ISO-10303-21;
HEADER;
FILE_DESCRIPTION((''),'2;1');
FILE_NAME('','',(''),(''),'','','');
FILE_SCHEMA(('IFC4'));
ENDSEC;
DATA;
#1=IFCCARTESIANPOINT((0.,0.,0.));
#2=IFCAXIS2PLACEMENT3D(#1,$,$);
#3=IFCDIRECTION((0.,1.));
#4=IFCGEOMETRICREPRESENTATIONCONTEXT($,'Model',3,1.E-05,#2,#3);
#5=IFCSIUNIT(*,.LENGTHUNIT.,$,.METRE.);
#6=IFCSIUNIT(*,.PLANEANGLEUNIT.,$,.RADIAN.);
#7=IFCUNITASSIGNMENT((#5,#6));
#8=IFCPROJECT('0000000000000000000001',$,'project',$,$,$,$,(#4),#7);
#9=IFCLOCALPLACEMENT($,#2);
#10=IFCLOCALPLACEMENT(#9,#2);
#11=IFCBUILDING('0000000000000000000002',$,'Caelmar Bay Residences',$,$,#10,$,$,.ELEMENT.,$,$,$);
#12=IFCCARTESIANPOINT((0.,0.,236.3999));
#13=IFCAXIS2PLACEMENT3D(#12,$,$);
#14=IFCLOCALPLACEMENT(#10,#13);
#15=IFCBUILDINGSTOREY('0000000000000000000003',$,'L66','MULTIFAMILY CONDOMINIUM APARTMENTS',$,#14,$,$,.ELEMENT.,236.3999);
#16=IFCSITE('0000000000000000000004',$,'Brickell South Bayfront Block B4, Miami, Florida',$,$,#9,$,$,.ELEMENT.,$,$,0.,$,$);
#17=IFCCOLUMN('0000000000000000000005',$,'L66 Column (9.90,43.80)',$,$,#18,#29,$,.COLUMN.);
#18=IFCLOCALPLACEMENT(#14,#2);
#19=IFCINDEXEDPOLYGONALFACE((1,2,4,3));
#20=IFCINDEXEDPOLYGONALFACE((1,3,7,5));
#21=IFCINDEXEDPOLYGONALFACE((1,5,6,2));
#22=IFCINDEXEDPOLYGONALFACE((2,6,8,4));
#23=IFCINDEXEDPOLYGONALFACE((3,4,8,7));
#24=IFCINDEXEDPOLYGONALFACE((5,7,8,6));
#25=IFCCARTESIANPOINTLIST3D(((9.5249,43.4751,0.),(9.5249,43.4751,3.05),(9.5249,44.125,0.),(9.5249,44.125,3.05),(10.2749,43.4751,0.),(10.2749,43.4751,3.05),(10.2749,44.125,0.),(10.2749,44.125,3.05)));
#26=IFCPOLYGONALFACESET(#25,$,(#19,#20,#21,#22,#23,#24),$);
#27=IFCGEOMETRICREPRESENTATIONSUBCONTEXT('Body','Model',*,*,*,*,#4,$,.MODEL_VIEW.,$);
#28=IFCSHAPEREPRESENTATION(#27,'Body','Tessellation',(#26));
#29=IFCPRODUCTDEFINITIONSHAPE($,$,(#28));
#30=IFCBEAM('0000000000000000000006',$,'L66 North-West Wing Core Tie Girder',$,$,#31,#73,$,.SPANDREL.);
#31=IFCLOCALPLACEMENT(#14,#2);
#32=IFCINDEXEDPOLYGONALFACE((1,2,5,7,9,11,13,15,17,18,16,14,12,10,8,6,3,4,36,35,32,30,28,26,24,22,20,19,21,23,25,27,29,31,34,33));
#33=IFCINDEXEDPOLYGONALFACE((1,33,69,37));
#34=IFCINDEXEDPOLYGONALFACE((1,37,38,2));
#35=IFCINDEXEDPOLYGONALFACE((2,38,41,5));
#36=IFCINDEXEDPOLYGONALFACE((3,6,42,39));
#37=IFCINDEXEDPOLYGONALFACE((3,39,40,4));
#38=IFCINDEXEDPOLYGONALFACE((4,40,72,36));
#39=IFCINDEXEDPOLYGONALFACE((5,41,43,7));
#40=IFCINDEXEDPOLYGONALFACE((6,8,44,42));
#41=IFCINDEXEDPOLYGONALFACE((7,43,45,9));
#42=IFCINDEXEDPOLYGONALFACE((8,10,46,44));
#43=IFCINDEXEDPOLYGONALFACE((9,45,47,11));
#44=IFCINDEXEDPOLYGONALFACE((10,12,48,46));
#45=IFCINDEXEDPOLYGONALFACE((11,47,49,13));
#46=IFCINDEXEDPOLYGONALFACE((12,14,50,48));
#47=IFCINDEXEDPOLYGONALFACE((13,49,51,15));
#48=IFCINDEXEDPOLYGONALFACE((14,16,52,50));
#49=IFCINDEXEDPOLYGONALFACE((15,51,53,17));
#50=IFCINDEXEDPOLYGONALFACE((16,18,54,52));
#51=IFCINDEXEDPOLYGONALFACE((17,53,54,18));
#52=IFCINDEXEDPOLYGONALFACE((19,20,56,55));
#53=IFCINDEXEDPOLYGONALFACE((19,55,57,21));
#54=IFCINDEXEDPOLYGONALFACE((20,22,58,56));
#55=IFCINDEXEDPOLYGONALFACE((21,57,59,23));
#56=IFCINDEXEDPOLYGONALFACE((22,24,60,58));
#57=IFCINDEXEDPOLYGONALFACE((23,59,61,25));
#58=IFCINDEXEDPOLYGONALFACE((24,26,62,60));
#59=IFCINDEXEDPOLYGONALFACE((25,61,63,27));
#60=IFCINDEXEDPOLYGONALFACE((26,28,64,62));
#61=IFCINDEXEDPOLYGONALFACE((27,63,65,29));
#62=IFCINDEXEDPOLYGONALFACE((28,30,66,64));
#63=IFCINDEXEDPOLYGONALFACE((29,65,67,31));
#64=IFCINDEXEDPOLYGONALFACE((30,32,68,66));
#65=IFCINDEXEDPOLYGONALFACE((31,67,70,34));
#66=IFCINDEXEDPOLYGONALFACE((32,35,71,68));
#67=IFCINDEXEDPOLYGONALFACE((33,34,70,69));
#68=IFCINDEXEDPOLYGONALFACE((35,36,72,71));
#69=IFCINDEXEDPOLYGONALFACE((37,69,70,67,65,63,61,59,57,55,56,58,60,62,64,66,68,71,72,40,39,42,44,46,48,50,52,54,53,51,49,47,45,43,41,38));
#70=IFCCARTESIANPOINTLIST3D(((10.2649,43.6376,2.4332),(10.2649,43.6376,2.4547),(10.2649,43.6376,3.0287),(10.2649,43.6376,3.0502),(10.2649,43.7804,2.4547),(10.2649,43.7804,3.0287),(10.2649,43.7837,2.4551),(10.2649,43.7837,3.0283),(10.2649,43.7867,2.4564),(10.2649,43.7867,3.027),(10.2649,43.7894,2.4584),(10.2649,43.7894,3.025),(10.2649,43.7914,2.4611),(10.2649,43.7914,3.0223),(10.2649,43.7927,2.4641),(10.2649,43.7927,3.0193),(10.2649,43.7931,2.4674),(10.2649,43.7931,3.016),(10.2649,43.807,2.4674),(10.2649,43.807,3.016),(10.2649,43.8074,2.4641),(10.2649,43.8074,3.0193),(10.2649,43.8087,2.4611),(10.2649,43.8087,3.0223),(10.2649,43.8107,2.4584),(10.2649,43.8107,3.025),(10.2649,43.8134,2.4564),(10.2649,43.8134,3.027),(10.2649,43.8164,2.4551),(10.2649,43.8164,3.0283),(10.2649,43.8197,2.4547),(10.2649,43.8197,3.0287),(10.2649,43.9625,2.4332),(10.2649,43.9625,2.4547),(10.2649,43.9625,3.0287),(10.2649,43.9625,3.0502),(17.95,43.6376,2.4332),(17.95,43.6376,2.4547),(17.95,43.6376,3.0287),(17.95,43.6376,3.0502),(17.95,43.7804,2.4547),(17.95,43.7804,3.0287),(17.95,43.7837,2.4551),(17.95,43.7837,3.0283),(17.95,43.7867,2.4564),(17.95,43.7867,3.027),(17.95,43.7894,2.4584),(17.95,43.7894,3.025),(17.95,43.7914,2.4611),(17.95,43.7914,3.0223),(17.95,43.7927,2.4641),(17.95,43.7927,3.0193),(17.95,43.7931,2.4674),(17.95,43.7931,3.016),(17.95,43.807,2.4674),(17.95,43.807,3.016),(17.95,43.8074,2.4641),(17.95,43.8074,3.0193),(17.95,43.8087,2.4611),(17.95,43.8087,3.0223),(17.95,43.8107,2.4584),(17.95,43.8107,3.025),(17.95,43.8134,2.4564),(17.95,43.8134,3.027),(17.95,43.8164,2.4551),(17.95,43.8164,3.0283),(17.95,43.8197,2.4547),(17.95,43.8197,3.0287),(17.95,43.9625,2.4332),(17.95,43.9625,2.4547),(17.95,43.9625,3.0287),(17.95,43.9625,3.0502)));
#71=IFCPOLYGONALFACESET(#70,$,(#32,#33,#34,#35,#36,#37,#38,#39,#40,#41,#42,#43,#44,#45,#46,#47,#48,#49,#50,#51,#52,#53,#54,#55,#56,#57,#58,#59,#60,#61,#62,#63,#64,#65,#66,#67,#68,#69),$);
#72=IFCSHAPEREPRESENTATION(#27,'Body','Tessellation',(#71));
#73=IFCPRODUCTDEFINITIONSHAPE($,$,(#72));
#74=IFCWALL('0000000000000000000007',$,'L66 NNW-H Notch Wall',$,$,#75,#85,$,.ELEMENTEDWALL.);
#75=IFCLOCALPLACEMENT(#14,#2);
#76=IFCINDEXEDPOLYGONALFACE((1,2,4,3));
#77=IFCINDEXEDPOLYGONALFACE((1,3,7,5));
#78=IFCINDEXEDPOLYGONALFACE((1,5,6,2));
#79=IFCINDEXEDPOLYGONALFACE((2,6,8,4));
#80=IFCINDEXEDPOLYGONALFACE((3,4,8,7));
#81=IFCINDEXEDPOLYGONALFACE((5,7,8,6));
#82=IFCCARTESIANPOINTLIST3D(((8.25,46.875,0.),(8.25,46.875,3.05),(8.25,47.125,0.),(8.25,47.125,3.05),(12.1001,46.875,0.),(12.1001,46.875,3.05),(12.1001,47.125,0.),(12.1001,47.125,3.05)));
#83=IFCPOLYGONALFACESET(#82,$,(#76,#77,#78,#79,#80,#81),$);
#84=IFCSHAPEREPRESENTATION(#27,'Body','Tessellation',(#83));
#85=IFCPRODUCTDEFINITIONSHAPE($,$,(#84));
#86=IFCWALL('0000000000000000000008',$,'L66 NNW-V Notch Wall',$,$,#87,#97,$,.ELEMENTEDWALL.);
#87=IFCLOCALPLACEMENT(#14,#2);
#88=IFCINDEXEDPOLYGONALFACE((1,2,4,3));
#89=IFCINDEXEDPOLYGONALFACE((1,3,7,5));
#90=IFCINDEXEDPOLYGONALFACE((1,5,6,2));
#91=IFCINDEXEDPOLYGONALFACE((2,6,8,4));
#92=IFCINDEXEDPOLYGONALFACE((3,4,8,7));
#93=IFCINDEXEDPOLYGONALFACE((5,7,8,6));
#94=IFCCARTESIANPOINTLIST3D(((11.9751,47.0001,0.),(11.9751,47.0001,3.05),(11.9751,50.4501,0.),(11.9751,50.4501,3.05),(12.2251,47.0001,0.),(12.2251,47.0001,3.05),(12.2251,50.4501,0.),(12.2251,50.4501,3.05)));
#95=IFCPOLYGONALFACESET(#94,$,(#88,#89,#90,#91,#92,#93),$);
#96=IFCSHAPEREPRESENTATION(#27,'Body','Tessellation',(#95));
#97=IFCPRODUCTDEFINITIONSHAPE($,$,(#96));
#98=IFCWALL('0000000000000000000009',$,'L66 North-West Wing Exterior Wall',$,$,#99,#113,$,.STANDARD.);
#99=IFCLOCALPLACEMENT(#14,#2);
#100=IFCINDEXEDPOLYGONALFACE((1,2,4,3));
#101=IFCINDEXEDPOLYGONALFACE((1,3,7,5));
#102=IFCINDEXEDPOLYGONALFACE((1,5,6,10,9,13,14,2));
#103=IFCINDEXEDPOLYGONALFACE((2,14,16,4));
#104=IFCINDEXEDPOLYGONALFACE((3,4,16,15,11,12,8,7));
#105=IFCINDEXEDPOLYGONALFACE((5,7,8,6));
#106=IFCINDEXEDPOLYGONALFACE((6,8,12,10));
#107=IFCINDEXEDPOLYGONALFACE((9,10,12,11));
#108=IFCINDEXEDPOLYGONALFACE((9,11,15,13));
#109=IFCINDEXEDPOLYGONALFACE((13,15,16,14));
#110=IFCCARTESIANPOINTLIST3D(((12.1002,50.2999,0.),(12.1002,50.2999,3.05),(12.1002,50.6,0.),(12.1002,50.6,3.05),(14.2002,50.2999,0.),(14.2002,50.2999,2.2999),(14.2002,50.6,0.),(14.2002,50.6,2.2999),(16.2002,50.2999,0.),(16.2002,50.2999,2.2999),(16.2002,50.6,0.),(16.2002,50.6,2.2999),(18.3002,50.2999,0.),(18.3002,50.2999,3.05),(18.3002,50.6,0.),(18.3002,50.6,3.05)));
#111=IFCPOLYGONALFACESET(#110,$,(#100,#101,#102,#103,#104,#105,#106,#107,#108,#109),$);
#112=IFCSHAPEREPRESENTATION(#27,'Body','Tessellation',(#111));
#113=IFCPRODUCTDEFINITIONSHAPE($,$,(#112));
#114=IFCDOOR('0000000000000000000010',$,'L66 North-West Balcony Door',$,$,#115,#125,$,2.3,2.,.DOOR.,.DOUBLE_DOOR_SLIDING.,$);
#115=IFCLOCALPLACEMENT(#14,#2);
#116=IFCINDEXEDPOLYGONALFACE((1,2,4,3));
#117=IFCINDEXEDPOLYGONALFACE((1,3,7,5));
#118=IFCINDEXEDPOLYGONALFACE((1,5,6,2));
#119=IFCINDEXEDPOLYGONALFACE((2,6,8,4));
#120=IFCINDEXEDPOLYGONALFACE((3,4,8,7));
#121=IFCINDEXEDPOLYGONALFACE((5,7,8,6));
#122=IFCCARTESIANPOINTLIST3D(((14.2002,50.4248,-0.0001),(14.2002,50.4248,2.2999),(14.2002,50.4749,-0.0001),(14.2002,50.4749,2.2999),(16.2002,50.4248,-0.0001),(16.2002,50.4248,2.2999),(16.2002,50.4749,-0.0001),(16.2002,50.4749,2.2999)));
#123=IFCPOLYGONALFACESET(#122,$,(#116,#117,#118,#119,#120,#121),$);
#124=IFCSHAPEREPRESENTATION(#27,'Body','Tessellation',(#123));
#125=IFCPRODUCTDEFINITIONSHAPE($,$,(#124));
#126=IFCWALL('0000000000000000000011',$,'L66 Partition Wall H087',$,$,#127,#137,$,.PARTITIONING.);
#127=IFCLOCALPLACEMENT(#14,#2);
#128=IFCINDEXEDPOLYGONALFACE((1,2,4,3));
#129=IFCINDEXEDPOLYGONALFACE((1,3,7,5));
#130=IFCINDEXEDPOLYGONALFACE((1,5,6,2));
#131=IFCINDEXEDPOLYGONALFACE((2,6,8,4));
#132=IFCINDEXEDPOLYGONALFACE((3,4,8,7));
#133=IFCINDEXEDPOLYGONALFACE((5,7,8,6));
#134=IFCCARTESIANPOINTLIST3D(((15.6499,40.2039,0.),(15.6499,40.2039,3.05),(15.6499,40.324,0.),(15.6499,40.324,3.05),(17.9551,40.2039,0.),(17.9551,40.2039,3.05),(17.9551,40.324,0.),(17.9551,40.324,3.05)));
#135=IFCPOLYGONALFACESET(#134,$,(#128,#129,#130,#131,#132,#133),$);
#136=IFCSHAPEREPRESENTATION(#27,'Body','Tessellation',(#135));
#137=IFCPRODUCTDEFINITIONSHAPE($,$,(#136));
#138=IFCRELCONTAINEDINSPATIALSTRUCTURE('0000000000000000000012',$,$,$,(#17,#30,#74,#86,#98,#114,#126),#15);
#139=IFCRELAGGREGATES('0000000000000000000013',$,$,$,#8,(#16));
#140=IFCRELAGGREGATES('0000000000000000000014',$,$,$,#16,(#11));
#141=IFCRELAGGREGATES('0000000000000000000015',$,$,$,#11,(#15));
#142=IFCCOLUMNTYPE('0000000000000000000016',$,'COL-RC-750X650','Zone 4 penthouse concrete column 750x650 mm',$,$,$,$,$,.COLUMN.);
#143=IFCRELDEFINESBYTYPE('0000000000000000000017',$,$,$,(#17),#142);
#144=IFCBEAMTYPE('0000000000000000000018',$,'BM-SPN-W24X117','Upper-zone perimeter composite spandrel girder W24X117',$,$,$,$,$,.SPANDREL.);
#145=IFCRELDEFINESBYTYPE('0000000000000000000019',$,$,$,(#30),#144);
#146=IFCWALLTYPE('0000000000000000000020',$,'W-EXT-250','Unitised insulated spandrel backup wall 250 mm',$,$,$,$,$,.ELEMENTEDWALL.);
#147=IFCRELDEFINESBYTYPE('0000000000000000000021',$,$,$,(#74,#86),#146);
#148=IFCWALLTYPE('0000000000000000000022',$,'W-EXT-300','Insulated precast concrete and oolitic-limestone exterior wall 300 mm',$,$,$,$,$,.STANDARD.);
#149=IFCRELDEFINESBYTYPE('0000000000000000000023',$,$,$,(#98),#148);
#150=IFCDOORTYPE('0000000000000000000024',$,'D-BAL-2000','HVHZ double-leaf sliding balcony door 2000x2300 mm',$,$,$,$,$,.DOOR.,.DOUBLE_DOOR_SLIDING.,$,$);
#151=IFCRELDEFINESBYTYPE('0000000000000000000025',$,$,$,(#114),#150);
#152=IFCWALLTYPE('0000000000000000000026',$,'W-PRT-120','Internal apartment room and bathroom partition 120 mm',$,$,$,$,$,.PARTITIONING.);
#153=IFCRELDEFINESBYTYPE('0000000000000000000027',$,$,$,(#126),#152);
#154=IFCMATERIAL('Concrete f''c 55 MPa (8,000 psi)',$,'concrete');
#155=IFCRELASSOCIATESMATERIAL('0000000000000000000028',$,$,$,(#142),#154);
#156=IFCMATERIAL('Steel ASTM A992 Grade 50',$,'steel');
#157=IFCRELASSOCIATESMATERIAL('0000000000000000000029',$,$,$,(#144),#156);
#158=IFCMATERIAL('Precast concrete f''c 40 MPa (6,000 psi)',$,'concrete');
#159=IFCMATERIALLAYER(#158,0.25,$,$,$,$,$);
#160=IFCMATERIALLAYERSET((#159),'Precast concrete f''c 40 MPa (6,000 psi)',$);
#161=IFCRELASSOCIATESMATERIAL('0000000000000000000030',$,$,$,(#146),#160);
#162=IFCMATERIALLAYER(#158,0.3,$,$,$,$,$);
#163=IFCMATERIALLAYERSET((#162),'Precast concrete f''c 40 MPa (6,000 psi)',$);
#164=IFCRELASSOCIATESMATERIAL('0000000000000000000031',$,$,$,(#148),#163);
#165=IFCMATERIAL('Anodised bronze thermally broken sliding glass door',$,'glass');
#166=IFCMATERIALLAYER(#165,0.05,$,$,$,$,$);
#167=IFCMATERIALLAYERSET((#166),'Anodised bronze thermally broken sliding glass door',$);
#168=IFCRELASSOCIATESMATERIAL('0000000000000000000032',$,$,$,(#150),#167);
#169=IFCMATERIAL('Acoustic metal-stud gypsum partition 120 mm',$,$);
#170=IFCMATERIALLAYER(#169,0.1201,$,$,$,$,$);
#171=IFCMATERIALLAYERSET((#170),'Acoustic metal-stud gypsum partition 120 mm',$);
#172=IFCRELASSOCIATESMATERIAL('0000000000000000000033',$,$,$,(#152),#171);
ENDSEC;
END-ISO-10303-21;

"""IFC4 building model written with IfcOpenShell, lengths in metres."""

from ifc_helpers import new_model, si_unit, direction, frame, frame_2d, origin, origin_2d, place, context, subcontext, project, spatial, rectangle, i_section, extrude, material, layer, layer_set, material_profile, profile_set, type_object, element, fill, save


model = new_model("IFC4")

# Units and contexts
model_context = context("Model", 3, precision=1e-05, world=origin(), true_north=direction((0.0, 1.0)))
body_context = subcontext(model_context, "Body", "Model", "MODEL_VIEW")
ifc_project = project(units=[si_unit("LENGTHUNIT", "METRE"), si_unit("PLANEANGLEUNIT", "RADIAN")], contexts=[model_context])

# Site, building, storey
site_placement = place(None, origin())
site = spatial("IfcSite", under=ifc_project, at=site_placement, Name="Brickell South Bayfront Block B4, Miami, Florida", CompositionType="ELEMENT", RefElevation=0.0)
building_placement = place(site_placement, origin())
building = spatial("IfcBuilding", under=site, at=building_placement, Name="Caelmar Bay Residences", CompositionType="ELEMENT")
storey_placement = place(building_placement, frame((0.0, 0.0, 236.3999)))
storey = spatial("IfcBuildingStorey", under=building, at=storey_placement, Name="L66", Description="MULTIFAMILY CONDOMINIUM APARTMENTS", CompositionType="ELEMENT", Elevation=236.3999)

# Column
ifc_material_1 = material(Name="Concrete f'c 55 MPa (8,000 psi)", Category="concrete")
ifc_material_profile_1 = material_profile(ifc_material_1, rectangle(XDim=0.75, YDim=0.6499, at=origin_2d()), Name="RC-COL-750X650")
ifc_profile_set_1 = profile_set([ifc_material_profile_1], Name="Concrete f'c 55 MPa (8,000 psi)")
column_type = type_object("IfcColumnType", Name="COL-RC-750X650", Description="Zone 4 penthouse concrete column 750x650 mm", PredefinedType="COLUMN", material=ifc_profile_set_1)
column_placement = place(storey_placement, frame((9.8999, 43.8, 0.0), z_axis=(0.0, 0.0, 1.0), x_axis=(1.0, 0.0, 0.0)))
element("IfcColumn", 1, at=column_placement, inside=storey, type_object=column_type, Name="L66 Column (9.90,43.80)", PredefinedType="COLUMN", context=body_context, shape_type="SweptSolid", body=[
    extrude(rectangle(XDim=0.75, YDim=0.6499, at=origin_2d()), origin(), (0.0, 0.0, 1.0), 3.05),
])

# Beam
ifc_material_2 = material(Name="Steel ASTM A992 Grade 50", Category="steel")
ifc_material_profile_2 = material_profile(ifc_material_2, i_section(OverallWidth=0.325, OverallDepth=0.6169, WebThickness=0.0139, FlangeThickness=0.0215, FilletRadius=0.0127, at=origin_2d()), Name="W24X117")
ifc_profile_set_2 = profile_set([ifc_material_profile_2], Name="Steel ASTM A992 Grade 50")
beam_type = type_object("IfcBeamType", Name="BM-SPN-W24X117", Description="Upper-zone perimeter composite spandrel girder W24X117", PredefinedType="SPANDREL", material=ifc_profile_set_2)
beam_placement = place(storey_placement, frame((10.2649, 43.8, 2.7417), z_axis=(1.0, 0.0, 0.0), x_axis=(0.0, 1.0, 0.0)))
element("IfcBeam", 2, at=beam_placement, inside=storey, type_object=beam_type, Name="L66 North-West Wing Core Tie Girder", PredefinedType="SPANDREL", context=body_context, shape_type="SweptSolid", body=[
    extrude(i_section(OverallWidth=0.325, OverallDepth=0.6169, WebThickness=0.0139, FlangeThickness=0.0215, FilletRadius=0.0127, at=origin_2d()), origin(), (0.0, 0.0, 1.0), 7.6851),
])

# Walls
ifc_material_3 = material(Name="Precast concrete f'c 40 MPa (6,000 psi)", Category="concrete")
ifc_layer_1 = layer(ifc_material_3, 0.25)
ifc_layer_set_1 = layer_set([ifc_layer_1], Name="Precast concrete f'c 40 MPa (6,000 psi)")
wall_type_1 = type_object("IfcWallType", Name="W-EXT-250", Description="Unitised insulated spandrel backup wall 250 mm", PredefinedType="ELEMENTEDWALL", material=ifc_layer_set_1)
wall_1_placement = place(storey_placement, frame((8.25, 47.0, 0.0), z_axis=(0.0, 0.0, 1.0), x_axis=(1.0, 0.0, 0.0)))
element("IfcWall", 3, at=wall_1_placement, inside=storey, type_object=wall_type_1, Name="L66 NNW-H Notch Wall", PredefinedType="ELEMENTEDWALL", context=body_context, shape_type="SweptSolid", body=[
    extrude(rectangle(XDim=3.8501, YDim=0.25, at=frame_2d((1.925, 0.0))), origin(), (0.0, 0.0, 1.0), 3.05),
])
wall_2_placement = place(storey_placement, frame((12.1001, 47.0, 0.0), z_axis=(0.0, 0.0, 1.0), x_axis=(0.0, 1.0, 0.0)))
element("IfcWall", 4, at=wall_2_placement, inside=storey, type_object=wall_type_1, Name="L66 NNW-V Notch Wall", PredefinedType="ELEMENTEDWALL", context=body_context, shape_type="SweptSolid", body=[
    extrude(rectangle(XDim=3.45, YDim=0.25, at=frame_2d((1.7251, 0.0))), origin(), (0.0, 0.0, 1.0), 3.05),
])

# Wall, opening, door
ifc_layer_2 = layer(ifc_material_3, 0.3)
ifc_layer_set_2 = layer_set([ifc_layer_2], Name="Precast concrete f'c 40 MPa (6,000 psi)")
wall_type_2 = type_object("IfcWallType", Name="W-EXT-300", Description="Insulated precast concrete and oolitic-limestone exterior wall 300 mm", PredefinedType="STANDARD", material=ifc_layer_set_2)
wall_3_placement = place(storey_placement, frame((12.1001, 50.45, 0.0), z_axis=(0.0, 0.0, 1.0), x_axis=(1.0, 0.0, 0.0)))
wall_3 = element("IfcWall", 5, at=wall_3_placement, inside=storey, type_object=wall_type_2, Name="L66 North-West Wing Exterior Wall", PredefinedType="STANDARD", context=body_context, shape_type="SweptSolid", body=[
    extrude(rectangle(XDim=6.2, YDim=0.3, at=frame_2d((3.1001, 0.0))), origin(), (0.0, 0.0, 1.0), 3.05),
])
opening_1_placement = place(wall_3_placement, frame((2.1001, 0.0, 0.0)))
opening_1 = element("IfcOpeningElement", 6, at=opening_1_placement, cuts=wall_3, PredefinedType="OPENING", context=body_context, shape_type="SweptSolid", body=[
    extrude(rectangle(XDim=2.0, YDim=2.3, at=frame_2d((1.0, 1.1499))), frame((0.0, 0.1599, 0.0), z_axis=(0.0, -1.0, 0.0), x_axis=(1.0, 0.0, 0.0)), (0.0, 0.0, 1.0), 0.3201),
])
ifc_material_4 = material(Name="Anodised bronze thermally broken sliding glass door", Category="glass")
ifc_layer_3 = layer(ifc_material_4, 0.05)
ifc_layer_set_3 = layer_set([ifc_layer_3], Name="Anodised bronze thermally broken sliding glass door")
door_type_1 = type_object("IfcDoorType", Name="D-BAL-2000", Description="HVHZ double-leaf sliding balcony door 2000x2300 mm", OperationType="DOUBLE_DOOR_SLIDING", PredefinedType="DOOR", material=ifc_layer_set_3)
door_1_placement = place(opening_1_placement, origin())
door_1 = element("IfcDoor", 7, at=door_1_placement, inside=storey, type_object=door_type_1, Name="L66 North-West Balcony Door", OperationType="DOUBLE_DOOR_SLIDING", OverallHeight=2.3, OverallWidth=2.0, PredefinedType="DOOR", context=body_context, shape_type="SweptSolid", body=[
    extrude(rectangle(XDim=2.0, YDim=2.3, at=frame_2d((1.0, 1.1499))), frame((0.0, 0.0249, 0.0), z_axis=(0.0, -1.0, 0.0), x_axis=(1.0, 0.0, 0.0)), (0.0, 0.0, 1.0), 0.05),
])
fill(opening_1, door_1)

# Wall
ifc_material_5 = material(Name="Acoustic metal-stud gypsum partition 120 mm")
ifc_layer_4 = layer(ifc_material_5, 0.1201)
ifc_layer_set_4 = layer_set([ifc_layer_4], Name="Acoustic metal-stud gypsum partition 120 mm")
wall_type_3 = type_object("IfcWallType", Name="W-PRT-120", Description="Internal apartment room and bathroom partition 120 mm", PredefinedType="PARTITIONING", material=ifc_layer_set_4)
wall_4_placement = place(storey_placement, frame((15.6499, 40.2639, 0.0), z_axis=(0.0, 0.0, 1.0), x_axis=(1.0, 0.0, 0.0)))
element("IfcWall", 8, at=wall_4_placement, inside=storey, type_object=wall_type_3, Name="L66 Partition Wall H087", PredefinedType="PARTITIONING", context=body_context, shape_type="SweptSolid", body=[
    extrude(rectangle(XDim=2.3052, YDim=0.1201, at=frame_2d((1.1526, 0.0))), origin(), (0.0, 0.0, 1.0), 3.05),
])

save(model, "model.ifc")
